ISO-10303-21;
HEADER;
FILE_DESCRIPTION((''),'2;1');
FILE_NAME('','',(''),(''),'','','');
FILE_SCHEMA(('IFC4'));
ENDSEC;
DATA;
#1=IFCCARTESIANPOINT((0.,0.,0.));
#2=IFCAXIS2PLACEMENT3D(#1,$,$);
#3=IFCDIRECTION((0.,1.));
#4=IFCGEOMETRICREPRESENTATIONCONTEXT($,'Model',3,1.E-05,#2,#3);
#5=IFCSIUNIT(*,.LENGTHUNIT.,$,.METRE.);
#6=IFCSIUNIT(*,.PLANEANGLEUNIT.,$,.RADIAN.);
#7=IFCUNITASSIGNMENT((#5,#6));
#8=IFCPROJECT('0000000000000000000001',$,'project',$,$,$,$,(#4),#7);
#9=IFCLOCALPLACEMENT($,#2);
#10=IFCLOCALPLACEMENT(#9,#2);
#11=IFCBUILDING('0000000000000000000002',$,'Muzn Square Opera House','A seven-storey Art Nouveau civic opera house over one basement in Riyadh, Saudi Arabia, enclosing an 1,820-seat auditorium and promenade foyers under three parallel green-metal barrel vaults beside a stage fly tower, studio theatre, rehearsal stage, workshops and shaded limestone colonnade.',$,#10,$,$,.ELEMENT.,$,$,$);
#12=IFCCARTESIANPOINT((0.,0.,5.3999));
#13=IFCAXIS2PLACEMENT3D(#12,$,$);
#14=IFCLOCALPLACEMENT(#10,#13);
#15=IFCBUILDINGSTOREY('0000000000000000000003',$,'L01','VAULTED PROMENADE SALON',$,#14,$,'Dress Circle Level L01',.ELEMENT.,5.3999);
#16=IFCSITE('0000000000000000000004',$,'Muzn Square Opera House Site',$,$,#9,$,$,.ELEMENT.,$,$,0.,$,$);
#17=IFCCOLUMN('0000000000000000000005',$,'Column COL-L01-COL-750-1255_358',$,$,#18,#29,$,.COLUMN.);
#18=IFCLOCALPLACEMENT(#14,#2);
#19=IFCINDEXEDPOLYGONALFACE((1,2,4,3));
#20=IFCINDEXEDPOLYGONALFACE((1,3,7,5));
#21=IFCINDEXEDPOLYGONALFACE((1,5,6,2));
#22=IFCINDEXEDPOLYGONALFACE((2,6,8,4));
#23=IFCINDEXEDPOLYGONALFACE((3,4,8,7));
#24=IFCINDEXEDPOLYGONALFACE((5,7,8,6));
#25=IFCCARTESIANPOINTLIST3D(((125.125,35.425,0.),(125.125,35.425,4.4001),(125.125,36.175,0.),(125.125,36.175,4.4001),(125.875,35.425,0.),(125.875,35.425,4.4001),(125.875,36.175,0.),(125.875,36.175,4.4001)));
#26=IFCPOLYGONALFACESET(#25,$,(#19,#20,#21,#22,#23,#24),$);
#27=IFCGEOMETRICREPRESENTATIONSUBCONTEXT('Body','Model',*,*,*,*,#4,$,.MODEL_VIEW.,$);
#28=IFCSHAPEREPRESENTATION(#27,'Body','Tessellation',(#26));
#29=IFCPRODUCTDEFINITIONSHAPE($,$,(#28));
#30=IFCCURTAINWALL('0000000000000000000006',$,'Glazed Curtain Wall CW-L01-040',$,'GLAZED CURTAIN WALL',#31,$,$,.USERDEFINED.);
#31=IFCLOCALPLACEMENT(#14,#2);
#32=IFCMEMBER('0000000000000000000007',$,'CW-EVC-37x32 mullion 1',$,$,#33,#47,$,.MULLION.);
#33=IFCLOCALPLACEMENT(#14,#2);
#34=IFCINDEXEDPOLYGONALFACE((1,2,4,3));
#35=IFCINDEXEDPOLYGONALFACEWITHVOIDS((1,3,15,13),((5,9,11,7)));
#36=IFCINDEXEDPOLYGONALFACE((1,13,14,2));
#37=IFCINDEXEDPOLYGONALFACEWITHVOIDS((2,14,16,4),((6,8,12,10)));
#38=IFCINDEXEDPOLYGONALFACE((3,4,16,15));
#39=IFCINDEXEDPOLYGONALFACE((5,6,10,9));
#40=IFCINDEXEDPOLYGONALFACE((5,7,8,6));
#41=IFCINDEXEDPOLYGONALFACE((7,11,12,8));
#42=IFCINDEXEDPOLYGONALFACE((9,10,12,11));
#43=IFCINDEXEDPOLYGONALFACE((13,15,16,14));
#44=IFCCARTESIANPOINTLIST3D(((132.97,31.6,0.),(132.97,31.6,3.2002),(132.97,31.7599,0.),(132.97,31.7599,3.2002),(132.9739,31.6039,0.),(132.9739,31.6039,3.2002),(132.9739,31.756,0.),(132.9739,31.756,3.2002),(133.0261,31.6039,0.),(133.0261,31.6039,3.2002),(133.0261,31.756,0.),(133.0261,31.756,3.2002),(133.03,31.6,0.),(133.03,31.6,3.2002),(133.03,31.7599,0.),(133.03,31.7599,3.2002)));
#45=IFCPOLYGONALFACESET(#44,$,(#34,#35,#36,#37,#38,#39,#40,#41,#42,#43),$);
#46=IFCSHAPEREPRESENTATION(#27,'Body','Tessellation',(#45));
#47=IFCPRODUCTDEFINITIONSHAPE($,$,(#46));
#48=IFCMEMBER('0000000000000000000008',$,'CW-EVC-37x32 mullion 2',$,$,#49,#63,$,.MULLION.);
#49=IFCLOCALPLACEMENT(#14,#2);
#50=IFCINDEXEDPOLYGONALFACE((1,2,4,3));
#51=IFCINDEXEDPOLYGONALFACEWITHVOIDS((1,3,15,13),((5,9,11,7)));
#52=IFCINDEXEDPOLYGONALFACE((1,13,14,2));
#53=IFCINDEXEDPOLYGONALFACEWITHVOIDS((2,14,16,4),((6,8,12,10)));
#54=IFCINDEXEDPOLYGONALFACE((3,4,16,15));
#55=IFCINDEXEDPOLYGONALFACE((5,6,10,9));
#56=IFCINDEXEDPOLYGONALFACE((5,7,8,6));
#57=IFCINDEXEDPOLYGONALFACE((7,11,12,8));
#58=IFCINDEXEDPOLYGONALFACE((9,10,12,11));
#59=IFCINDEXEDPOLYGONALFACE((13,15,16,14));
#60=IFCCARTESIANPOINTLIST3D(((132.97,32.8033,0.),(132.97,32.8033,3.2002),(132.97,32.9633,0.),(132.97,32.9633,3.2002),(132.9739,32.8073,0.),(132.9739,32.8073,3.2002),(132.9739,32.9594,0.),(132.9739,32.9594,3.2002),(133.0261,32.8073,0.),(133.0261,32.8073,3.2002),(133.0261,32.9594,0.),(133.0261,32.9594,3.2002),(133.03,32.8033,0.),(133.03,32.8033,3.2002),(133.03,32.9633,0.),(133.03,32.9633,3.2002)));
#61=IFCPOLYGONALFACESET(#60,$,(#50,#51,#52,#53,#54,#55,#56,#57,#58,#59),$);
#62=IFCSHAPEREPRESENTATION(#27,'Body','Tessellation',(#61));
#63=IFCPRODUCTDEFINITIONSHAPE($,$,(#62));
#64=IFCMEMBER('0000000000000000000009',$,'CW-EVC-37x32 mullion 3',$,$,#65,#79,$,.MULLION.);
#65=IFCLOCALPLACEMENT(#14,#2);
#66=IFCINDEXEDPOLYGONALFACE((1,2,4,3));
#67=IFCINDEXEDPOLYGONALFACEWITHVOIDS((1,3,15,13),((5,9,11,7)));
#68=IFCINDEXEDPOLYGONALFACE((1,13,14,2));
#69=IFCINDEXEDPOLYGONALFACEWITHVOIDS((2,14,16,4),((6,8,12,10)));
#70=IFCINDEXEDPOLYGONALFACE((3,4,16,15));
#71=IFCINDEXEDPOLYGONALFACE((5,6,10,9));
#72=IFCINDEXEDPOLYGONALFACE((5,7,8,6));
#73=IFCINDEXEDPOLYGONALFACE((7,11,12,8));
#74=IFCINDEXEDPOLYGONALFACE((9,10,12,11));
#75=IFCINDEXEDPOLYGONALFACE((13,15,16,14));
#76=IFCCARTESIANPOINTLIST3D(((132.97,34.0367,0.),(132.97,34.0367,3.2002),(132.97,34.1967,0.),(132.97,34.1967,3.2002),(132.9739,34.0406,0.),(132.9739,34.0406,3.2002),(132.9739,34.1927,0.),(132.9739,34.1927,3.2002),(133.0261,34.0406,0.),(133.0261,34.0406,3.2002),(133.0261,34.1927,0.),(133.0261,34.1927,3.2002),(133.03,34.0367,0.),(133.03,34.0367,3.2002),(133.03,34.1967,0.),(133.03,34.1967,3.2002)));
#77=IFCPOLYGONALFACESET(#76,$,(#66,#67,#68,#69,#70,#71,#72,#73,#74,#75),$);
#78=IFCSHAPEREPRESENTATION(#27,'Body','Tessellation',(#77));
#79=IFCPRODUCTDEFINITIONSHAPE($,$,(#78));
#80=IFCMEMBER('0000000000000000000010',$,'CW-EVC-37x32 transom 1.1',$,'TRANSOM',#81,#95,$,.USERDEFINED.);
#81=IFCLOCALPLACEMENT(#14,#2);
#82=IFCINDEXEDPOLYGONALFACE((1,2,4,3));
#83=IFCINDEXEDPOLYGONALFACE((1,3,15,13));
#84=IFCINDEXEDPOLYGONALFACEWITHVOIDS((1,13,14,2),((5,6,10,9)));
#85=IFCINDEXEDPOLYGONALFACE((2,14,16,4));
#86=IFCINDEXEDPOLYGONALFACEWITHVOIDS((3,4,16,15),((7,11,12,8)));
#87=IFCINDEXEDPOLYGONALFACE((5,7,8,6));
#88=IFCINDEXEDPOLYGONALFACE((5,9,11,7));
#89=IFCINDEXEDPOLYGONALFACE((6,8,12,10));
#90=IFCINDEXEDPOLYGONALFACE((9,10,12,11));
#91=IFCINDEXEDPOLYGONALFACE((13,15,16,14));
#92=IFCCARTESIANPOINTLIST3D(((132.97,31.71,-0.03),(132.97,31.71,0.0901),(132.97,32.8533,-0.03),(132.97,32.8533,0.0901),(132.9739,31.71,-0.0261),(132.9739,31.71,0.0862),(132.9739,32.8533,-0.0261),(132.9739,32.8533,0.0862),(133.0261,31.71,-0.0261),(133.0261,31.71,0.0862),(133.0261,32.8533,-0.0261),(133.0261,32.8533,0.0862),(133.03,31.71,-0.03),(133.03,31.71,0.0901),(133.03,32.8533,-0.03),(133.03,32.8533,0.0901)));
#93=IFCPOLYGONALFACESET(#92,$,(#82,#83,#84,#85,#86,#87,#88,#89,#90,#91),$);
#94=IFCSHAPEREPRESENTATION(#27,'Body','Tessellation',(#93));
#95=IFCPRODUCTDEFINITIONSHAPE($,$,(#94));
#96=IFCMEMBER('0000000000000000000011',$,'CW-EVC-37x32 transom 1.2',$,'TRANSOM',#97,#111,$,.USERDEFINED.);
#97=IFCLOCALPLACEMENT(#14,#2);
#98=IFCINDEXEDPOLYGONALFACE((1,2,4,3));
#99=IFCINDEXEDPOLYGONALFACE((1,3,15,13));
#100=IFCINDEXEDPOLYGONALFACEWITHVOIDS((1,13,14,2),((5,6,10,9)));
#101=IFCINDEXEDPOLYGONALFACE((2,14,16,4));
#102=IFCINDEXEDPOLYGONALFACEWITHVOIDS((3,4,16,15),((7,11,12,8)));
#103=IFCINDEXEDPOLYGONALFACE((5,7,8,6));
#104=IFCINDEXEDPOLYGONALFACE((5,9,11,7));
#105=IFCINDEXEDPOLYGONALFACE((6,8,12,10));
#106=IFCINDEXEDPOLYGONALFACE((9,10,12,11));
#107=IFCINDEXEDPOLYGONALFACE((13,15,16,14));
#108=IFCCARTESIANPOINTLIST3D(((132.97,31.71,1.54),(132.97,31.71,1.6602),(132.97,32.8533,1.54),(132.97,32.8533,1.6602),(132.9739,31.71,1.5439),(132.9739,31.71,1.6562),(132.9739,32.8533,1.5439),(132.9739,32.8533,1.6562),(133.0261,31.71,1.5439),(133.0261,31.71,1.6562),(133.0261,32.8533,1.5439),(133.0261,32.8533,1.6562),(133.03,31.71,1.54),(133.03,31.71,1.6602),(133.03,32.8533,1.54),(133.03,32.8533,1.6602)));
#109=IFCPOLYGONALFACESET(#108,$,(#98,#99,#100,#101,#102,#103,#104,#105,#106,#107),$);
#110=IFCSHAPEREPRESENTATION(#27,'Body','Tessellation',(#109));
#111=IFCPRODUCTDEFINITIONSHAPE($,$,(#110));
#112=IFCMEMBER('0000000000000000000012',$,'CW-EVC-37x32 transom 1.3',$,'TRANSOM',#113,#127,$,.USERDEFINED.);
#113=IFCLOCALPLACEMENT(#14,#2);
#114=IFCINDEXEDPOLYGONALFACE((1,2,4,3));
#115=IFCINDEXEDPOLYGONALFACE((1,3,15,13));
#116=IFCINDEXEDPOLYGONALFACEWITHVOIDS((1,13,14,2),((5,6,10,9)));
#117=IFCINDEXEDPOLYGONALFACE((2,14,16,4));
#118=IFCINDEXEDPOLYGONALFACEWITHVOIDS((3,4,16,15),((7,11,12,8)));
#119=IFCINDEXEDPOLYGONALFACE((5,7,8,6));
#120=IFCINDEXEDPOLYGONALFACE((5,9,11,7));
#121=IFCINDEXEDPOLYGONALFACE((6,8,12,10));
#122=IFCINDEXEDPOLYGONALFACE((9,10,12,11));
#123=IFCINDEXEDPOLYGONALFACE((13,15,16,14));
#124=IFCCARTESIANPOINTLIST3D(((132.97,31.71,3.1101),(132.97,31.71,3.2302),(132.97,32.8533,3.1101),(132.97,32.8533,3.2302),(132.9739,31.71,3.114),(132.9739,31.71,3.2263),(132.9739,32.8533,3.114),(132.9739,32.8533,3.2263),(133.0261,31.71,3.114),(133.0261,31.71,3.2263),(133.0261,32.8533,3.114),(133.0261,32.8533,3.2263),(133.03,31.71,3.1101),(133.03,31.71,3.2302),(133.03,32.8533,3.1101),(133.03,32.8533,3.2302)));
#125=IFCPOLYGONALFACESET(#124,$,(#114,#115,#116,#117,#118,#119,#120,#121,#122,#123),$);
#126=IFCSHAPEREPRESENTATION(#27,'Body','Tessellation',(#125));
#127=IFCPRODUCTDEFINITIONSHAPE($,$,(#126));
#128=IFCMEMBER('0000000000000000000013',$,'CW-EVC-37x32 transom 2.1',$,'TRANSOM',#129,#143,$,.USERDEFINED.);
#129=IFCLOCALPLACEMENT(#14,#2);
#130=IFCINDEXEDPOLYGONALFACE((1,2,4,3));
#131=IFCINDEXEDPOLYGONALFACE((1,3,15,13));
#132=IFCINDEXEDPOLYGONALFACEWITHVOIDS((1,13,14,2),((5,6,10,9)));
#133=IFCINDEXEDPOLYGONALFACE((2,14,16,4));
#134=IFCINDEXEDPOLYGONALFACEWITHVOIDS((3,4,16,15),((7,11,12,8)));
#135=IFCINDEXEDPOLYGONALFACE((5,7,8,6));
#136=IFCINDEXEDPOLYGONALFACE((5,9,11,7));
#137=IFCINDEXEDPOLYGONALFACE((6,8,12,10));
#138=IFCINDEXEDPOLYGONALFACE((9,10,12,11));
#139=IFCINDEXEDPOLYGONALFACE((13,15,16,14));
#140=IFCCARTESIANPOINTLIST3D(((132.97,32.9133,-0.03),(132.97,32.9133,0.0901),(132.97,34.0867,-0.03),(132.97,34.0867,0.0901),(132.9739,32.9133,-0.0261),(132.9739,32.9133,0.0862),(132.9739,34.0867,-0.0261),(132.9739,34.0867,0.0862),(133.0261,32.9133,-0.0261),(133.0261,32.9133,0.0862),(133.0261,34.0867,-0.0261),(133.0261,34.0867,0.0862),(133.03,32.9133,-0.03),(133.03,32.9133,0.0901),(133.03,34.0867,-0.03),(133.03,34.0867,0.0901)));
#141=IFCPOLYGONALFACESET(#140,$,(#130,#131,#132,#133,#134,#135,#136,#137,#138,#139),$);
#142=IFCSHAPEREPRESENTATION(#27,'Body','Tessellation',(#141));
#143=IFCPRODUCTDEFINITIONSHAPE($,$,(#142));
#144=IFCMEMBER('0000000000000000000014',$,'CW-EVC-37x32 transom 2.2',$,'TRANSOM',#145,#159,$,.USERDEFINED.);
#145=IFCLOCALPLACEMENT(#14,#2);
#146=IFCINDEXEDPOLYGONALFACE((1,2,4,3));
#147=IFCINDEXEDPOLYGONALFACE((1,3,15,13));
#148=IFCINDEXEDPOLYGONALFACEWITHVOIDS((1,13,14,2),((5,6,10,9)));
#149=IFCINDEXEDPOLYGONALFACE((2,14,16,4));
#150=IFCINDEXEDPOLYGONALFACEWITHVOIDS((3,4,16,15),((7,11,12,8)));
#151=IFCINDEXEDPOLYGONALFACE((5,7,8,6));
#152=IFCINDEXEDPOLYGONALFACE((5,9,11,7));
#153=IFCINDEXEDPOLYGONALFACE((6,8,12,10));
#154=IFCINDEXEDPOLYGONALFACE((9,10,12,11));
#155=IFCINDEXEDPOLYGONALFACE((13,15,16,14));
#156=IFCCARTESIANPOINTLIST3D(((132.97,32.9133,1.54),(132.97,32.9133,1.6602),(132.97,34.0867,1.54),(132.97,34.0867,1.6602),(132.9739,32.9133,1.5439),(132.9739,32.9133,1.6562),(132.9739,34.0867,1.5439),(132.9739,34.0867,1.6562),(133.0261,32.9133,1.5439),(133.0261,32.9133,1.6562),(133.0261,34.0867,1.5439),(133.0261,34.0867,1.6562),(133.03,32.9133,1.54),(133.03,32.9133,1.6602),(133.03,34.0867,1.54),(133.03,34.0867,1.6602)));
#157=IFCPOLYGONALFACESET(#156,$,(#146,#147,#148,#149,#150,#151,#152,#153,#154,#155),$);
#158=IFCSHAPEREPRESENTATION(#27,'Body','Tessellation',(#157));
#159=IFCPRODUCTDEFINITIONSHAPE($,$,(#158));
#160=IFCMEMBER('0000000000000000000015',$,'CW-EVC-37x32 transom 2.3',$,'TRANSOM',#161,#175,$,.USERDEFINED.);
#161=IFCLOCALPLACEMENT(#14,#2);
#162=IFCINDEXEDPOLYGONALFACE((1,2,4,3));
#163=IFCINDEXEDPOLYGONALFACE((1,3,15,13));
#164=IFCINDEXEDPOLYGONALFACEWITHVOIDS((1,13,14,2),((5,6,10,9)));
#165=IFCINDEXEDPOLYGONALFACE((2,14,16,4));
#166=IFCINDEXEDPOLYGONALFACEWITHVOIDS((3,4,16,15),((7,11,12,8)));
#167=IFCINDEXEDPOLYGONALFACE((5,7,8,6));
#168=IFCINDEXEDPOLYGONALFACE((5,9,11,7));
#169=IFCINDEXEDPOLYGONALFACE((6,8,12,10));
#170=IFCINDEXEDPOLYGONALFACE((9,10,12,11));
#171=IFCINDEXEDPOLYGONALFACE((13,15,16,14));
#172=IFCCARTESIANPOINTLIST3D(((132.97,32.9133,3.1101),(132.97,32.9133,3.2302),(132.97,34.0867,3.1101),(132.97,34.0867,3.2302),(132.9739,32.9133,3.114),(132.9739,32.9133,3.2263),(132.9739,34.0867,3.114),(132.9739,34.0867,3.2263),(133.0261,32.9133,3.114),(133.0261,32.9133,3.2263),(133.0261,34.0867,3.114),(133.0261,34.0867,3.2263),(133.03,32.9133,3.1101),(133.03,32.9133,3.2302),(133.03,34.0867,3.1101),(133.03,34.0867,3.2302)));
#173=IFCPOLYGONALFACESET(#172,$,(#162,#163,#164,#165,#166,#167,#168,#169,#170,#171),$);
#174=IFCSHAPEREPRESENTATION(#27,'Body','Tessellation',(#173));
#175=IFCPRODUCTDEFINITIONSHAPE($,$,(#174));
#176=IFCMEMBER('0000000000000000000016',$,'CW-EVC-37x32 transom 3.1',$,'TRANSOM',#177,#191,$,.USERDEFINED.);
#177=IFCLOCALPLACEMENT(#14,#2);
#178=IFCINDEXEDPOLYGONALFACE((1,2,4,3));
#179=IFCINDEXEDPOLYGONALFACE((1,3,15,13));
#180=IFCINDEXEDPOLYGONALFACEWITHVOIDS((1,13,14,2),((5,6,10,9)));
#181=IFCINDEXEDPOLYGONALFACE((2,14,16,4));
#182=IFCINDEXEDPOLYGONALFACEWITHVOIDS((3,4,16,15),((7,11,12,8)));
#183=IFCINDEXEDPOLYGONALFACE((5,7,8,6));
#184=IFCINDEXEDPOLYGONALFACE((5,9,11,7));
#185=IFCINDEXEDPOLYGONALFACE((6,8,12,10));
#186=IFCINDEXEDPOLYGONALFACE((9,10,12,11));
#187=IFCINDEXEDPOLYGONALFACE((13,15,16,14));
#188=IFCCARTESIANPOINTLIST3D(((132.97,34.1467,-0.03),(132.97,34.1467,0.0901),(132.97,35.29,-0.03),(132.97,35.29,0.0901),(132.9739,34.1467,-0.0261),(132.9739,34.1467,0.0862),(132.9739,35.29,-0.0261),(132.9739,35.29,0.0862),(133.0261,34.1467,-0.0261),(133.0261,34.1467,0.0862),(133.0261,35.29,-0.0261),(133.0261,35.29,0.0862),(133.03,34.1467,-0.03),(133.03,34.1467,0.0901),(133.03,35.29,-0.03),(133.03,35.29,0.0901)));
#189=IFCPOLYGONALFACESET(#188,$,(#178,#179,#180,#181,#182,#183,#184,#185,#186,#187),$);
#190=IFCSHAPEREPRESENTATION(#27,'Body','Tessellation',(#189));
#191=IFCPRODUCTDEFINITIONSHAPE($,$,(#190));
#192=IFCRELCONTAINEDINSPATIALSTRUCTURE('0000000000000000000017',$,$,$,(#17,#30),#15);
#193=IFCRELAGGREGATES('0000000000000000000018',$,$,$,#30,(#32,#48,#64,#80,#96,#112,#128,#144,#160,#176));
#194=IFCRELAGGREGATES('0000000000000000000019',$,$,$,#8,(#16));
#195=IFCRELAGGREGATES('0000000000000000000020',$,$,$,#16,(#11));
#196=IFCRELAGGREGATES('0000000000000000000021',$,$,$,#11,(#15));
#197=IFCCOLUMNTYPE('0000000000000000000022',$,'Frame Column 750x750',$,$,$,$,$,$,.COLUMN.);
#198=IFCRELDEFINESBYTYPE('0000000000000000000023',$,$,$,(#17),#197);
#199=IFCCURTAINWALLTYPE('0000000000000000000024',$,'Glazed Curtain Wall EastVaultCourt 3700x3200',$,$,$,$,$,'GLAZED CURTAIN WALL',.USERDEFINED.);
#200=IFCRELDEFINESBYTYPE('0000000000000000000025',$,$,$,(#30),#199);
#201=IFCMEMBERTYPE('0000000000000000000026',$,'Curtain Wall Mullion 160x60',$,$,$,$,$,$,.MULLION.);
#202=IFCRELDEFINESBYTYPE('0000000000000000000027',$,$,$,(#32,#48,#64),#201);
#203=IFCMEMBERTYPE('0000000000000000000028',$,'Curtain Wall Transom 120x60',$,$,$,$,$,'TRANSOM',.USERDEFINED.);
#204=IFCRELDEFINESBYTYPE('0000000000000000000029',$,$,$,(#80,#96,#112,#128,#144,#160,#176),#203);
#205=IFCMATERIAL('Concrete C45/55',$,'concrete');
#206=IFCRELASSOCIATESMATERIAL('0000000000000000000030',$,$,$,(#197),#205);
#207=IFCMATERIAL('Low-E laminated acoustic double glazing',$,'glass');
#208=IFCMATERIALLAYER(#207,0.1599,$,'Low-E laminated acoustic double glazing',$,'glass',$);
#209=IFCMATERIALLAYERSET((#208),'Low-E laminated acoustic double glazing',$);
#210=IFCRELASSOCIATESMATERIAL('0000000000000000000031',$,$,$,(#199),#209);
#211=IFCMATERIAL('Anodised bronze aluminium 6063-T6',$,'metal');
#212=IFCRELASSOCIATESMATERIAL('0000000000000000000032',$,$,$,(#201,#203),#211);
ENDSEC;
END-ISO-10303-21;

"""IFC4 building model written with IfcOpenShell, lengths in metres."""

from ifc_helpers import new_model, si_unit, direction, frame, origin, origin_2d, place, context, subcontext, project, spatial, rectangle, hollow_rectangle, extrude, material, layer, layer_set, material_profile, profile_set, type_object, element, aggregate, save


model = new_model("IFC4")

# Units and contexts
model_context = context("Model", 3, precision=1e-05, world=origin(), true_north=direction((0.0, 1.0)))
body_context = subcontext(model_context, "Body", "Model", "MODEL_VIEW")
ifc_project = project(units=[si_unit("LENGTHUNIT", "METRE"), si_unit("PLANEANGLEUNIT", "RADIAN")], contexts=[model_context])

# Site, building, storey
site_placement = place(None, origin())
site = spatial("IfcSite", under=ifc_project, at=site_placement, Name="Muzn Square Opera House Site", CompositionType="ELEMENT", RefElevation=0.0)
building_placement = place(site_placement, origin())
building = spatial("IfcBuilding", under=site, at=building_placement, Name="Muzn Square Opera House", Description="A seven-storey Art Nouveau civic opera house over one basement in Riyadh, Saudi Arabia, enclosing an 1,820-seat auditorium and promenade foyers under three parallel green-metal barrel vaults beside a stage fly tower, studio theatre, rehearsal stage, workshops and shaded limestone colonnade.", CompositionType="ELEMENT")
storey_placement = place(building_placement, frame((0.0, 0.0, 5.3999)))
storey = spatial("IfcBuildingStorey", under=building, at=storey_placement, Name="L01", Description="VAULTED PROMENADE SALON", LongName="Dress Circle Level L01", CompositionType="ELEMENT", Elevation=5.3999)

# Column
ifc_material_1 = material(Name="Concrete C45/55", Category="concrete")
ifc_material_profile_1 = material_profile(ifc_material_1, rectangle(XDim=0.75, YDim=0.75, at=origin_2d()), Name="RC 750x750", Category="concrete")
ifc_profile_set_1 = profile_set([ifc_material_profile_1], Name="Concrete C45/55")
column_type = type_object("IfcColumnType", Name="Frame Column 750x750", PredefinedType="COLUMN", material=ifc_profile_set_1)
column_placement = place(storey_placement, frame((125.5, 35.8, 0.0), z_axis=(0.0, 0.0, 1.0), x_axis=(1.0, 0.0, 0.0)))
element("IfcColumn", 1, at=column_placement, inside=storey, type_object=column_type, Name="Column COL-L01-COL-750-1255_358", PredefinedType="COLUMN", context=body_context, shape_type="SweptSolid", body=[
    extrude(rectangle(XDim=0.75, YDim=0.75, at=origin_2d()), origin(), (0.0, 0.0, 1.0), 4.4001),
])

# Curtain wall, members
ifc_material_2 = material(Name="Low-E laminated acoustic double glazing", Category="glass")
ifc_layer_1 = layer(ifc_material_2, 0.1599, Name="Low-E laminated acoustic double glazing", Category="glass")
ifc_layer_set_1 = layer_set([ifc_layer_1], Name="Low-E laminated acoustic double glazing")
curtain_wall_type = type_object("IfcCurtainWallType", Name="Glazed Curtain Wall EastVaultCourt 3700x3200", ElementType="GLAZED CURTAIN WALL", PredefinedType="USERDEFINED", material=ifc_layer_set_1)
curtain_wall_placement = place(storey_placement, origin())
curtain_wall = element("IfcCurtainWall", 2, at=curtain_wall_placement, inside=storey, type_object=curtain_wall_type, Name="Glazed Curtain Wall CW-L01-040", ObjectType="GLAZED CURTAIN WALL", PredefinedType="USERDEFINED")
ifc_material_3 = material(Name="Anodised bronze aluminium 6063-T6", Category="metal")
ifc_material_profile_2 = material_profile(ifc_material_3, hollow_rectangle(XDim=0.0601, YDim=0.1599, WallThickness=0.0039, at=origin_2d()), Name="ALU 160x60x4", Category="metal")
ifc_profile_set_2 = profile_set([ifc_material_profile_2], Name="Anodised bronze aluminium 6063-T6")
member_type_1 = type_object("IfcMemberType", Name="Curtain Wall Mullion 160x60", PredefinedType="MULLION", material=ifc_profile_set_2)
member_1_placement = place(storey_placement, frame((133.0, 31.6799, 0.0), z_axis=(0.0, 0.0, 1.0), x_axis=(-1.0, 0.0, 0.0)))
member_1 = element("IfcMember", 3, at=member_1_placement, type_object=member_type_1, Name="CW-EVC-37x32 mullion 1", PredefinedType="MULLION", context=body_context, shape_type="SweptSolid", body=[
    extrude(hollow_rectangle(XDim=0.0601, YDim=0.1599, WallThickness=0.0039, at=origin_2d()), origin(), (0.0, 0.0, 1.0), 3.2002),
])
member_2_placement = place(storey_placement, frame((133.0, 32.8833, 0.0), z_axis=(0.0, 0.0, 1.0), x_axis=(-1.0, 0.0, 0.0)))
member_2 = element("IfcMember", 4, at=member_2_placement, type_object=member_type_1, Name="CW-EVC-37x32 mullion 2", PredefinedType="MULLION", context=body_context, shape_type="SweptSolid", body=[
    extrude(hollow_rectangle(XDim=0.0601, YDim=0.1599, WallThickness=0.0039, at=origin_2d()), origin(), (0.0, 0.0, 1.0), 3.2002),
])
member_3_placement = place(storey_placement, frame((133.0, 34.1167, 0.0), z_axis=(0.0, 0.0, 1.0), x_axis=(-1.0, 0.0, 0.0)))
member_3 = element("IfcMember", 5, at=member_3_placement, type_object=member_type_1, Name="CW-EVC-37x32 mullion 3", PredefinedType="MULLION", context=body_context, shape_type="SweptSolid", body=[
    extrude(hollow_rectangle(XDim=0.0601, YDim=0.1599, WallThickness=0.0039, at=origin_2d()), origin(), (0.0, 0.0, 1.0), 3.2002),
])
ifc_material_profile_3 = material_profile(ifc_material_3, hollow_rectangle(XDim=0.0601, YDim=0.1201, WallThickness=0.0039, at=origin_2d()), Name="ALU 120x60x4", Category="metal")
ifc_profile_set_3 = profile_set([ifc_material_profile_3], Name="Anodised bronze aluminium 6063-T6")
member_type_2 = type_object("IfcMemberType", Name="Curtain Wall Transom 120x60", ElementType="TRANSOM", PredefinedType="USERDEFINED", material=ifc_profile_set_3)
member_4_placement = place(storey_placement, frame((133.0, 31.71, 0.03), z_axis=(0.0, 1.0, 0.0), x_axis=(-1.0, 0.0, 0.0)))
member_4 = element("IfcMember", 6, at=member_4_placement, type_object=member_type_2, Name="CW-EVC-37x32 transom 1.1", ObjectType="TRANSOM", PredefinedType="USERDEFINED", context=body_context, shape_type="SweptSolid", body=[
    extrude(hollow_rectangle(XDim=0.0601, YDim=0.1201, WallThickness=0.0039, at=origin_2d()), origin(), (0.0, 0.0, 1.0), 1.1433),
])
member_5_placement = place(storey_placement, frame((133.0, 31.71, 1.6001), z_axis=(0.0, 1.0, 0.0), x_axis=(-1.0, 0.0, 0.0)))
member_5 = element("IfcMember", 7, at=member_5_placement, type_object=member_type_2, Name="CW-EVC-37x32 transom 1.2", ObjectType="TRANSOM", PredefinedType="USERDEFINED", context=body_context, shape_type="SweptSolid", body=[
    extrude(hollow_rectangle(XDim=0.0601, YDim=0.1201, WallThickness=0.0039, at=origin_2d()), origin(), (0.0, 0.0, 1.0), 1.1433),
])
member_6_placement = place(storey_placement, frame((133.0, 31.71, 3.1702), z_axis=(0.0, 1.0, 0.0), x_axis=(-1.0, 0.0, 0.0)))
member_6 = element("IfcMember", 8, at=member_6_placement, type_object=member_type_2, Name="CW-EVC-37x32 transom 1.3", ObjectType="TRANSOM", PredefinedType="USERDEFINED", context=body_context, shape_type="SweptSolid", body=[
    extrude(hollow_rectangle(XDim=0.0601, YDim=0.1201, WallThickness=0.0039, at=origin_2d()), origin(), (0.0, 0.0, 1.0), 1.1433),
])
member_7_placement = place(storey_placement, frame((133.0, 32.9133, 0.03), z_axis=(0.0, 1.0, 0.0), x_axis=(-1.0, 0.0, 0.0)))
member_7 = element("IfcMember", 9, at=member_7_placement, type_object=member_type_2, Name="CW-EVC-37x32 transom 2.1", ObjectType="TRANSOM", PredefinedType="USERDEFINED", context=body_context, shape_type="SweptSolid", body=[
    extrude(hollow_rectangle(XDim=0.0601, YDim=0.1201, WallThickness=0.0039, at=origin_2d()), origin(), (0.0, 0.0, 1.0), 1.1733),
])
member_8_placement = place(storey_placement, frame((133.0, 32.9133, 1.6001), z_axis=(0.0, 1.0, 0.0), x_axis=(-1.0, 0.0, 0.0)))
member_8 = element("IfcMember", 10, at=member_8_placement, type_object=member_type_2, Name="CW-EVC-37x32 transom 2.2", ObjectType="TRANSOM", PredefinedType="USERDEFINED", context=body_context, shape_type="SweptSolid", body=[
    extrude(hollow_rectangle(XDim=0.0601, YDim=0.1201, WallThickness=0.0039, at=origin_2d()), origin(), (0.0, 0.0, 1.0), 1.1733),
])
member_9_placement = place(storey_placement, frame((133.0, 32.9133, 3.1702), z_axis=(0.0, 1.0, 0.0), x_axis=(-1.0, 0.0, 0.0)))
member_9 = element("IfcMember", 11, at=member_9_placement, type_object=member_type_2, Name="CW-EVC-37x32 transom 2.3", ObjectType="TRANSOM", PredefinedType="USERDEFINED", context=body_context, shape_type="SweptSolid", body=[
    extrude(hollow_rectangle(XDim=0.0601, YDim=0.1201, WallThickness=0.0039, at=origin_2d()), origin(), (0.0, 0.0, 1.0), 1.1733),
])
member_10_placement = place(storey_placement, frame((133.0, 34.1467, 0.03), z_axis=(0.0, 1.0, 0.0), x_axis=(-1.0, 0.0, 0.0)))
member_10 = element("IfcMember", 12, at=member_10_placement, type_object=member_type_2, Name="CW-EVC-37x32 transom 3.1", ObjectType="TRANSOM", PredefinedType="USERDEFINED", context=body_context, shape_type="SweptSolid", body=[
    extrude(hollow_rectangle(XDim=0.0601, YDim=0.1201, WallThickness=0.0039, at=origin_2d()), origin(), (0.0, 0.0, 1.0), 1.1433),
])

aggregate(curtain_wall, [member_1, member_2, member_3, member_4, member_5, member_6, member_7, member_8, member_9, member_10])

save(model, "model.ifc")
